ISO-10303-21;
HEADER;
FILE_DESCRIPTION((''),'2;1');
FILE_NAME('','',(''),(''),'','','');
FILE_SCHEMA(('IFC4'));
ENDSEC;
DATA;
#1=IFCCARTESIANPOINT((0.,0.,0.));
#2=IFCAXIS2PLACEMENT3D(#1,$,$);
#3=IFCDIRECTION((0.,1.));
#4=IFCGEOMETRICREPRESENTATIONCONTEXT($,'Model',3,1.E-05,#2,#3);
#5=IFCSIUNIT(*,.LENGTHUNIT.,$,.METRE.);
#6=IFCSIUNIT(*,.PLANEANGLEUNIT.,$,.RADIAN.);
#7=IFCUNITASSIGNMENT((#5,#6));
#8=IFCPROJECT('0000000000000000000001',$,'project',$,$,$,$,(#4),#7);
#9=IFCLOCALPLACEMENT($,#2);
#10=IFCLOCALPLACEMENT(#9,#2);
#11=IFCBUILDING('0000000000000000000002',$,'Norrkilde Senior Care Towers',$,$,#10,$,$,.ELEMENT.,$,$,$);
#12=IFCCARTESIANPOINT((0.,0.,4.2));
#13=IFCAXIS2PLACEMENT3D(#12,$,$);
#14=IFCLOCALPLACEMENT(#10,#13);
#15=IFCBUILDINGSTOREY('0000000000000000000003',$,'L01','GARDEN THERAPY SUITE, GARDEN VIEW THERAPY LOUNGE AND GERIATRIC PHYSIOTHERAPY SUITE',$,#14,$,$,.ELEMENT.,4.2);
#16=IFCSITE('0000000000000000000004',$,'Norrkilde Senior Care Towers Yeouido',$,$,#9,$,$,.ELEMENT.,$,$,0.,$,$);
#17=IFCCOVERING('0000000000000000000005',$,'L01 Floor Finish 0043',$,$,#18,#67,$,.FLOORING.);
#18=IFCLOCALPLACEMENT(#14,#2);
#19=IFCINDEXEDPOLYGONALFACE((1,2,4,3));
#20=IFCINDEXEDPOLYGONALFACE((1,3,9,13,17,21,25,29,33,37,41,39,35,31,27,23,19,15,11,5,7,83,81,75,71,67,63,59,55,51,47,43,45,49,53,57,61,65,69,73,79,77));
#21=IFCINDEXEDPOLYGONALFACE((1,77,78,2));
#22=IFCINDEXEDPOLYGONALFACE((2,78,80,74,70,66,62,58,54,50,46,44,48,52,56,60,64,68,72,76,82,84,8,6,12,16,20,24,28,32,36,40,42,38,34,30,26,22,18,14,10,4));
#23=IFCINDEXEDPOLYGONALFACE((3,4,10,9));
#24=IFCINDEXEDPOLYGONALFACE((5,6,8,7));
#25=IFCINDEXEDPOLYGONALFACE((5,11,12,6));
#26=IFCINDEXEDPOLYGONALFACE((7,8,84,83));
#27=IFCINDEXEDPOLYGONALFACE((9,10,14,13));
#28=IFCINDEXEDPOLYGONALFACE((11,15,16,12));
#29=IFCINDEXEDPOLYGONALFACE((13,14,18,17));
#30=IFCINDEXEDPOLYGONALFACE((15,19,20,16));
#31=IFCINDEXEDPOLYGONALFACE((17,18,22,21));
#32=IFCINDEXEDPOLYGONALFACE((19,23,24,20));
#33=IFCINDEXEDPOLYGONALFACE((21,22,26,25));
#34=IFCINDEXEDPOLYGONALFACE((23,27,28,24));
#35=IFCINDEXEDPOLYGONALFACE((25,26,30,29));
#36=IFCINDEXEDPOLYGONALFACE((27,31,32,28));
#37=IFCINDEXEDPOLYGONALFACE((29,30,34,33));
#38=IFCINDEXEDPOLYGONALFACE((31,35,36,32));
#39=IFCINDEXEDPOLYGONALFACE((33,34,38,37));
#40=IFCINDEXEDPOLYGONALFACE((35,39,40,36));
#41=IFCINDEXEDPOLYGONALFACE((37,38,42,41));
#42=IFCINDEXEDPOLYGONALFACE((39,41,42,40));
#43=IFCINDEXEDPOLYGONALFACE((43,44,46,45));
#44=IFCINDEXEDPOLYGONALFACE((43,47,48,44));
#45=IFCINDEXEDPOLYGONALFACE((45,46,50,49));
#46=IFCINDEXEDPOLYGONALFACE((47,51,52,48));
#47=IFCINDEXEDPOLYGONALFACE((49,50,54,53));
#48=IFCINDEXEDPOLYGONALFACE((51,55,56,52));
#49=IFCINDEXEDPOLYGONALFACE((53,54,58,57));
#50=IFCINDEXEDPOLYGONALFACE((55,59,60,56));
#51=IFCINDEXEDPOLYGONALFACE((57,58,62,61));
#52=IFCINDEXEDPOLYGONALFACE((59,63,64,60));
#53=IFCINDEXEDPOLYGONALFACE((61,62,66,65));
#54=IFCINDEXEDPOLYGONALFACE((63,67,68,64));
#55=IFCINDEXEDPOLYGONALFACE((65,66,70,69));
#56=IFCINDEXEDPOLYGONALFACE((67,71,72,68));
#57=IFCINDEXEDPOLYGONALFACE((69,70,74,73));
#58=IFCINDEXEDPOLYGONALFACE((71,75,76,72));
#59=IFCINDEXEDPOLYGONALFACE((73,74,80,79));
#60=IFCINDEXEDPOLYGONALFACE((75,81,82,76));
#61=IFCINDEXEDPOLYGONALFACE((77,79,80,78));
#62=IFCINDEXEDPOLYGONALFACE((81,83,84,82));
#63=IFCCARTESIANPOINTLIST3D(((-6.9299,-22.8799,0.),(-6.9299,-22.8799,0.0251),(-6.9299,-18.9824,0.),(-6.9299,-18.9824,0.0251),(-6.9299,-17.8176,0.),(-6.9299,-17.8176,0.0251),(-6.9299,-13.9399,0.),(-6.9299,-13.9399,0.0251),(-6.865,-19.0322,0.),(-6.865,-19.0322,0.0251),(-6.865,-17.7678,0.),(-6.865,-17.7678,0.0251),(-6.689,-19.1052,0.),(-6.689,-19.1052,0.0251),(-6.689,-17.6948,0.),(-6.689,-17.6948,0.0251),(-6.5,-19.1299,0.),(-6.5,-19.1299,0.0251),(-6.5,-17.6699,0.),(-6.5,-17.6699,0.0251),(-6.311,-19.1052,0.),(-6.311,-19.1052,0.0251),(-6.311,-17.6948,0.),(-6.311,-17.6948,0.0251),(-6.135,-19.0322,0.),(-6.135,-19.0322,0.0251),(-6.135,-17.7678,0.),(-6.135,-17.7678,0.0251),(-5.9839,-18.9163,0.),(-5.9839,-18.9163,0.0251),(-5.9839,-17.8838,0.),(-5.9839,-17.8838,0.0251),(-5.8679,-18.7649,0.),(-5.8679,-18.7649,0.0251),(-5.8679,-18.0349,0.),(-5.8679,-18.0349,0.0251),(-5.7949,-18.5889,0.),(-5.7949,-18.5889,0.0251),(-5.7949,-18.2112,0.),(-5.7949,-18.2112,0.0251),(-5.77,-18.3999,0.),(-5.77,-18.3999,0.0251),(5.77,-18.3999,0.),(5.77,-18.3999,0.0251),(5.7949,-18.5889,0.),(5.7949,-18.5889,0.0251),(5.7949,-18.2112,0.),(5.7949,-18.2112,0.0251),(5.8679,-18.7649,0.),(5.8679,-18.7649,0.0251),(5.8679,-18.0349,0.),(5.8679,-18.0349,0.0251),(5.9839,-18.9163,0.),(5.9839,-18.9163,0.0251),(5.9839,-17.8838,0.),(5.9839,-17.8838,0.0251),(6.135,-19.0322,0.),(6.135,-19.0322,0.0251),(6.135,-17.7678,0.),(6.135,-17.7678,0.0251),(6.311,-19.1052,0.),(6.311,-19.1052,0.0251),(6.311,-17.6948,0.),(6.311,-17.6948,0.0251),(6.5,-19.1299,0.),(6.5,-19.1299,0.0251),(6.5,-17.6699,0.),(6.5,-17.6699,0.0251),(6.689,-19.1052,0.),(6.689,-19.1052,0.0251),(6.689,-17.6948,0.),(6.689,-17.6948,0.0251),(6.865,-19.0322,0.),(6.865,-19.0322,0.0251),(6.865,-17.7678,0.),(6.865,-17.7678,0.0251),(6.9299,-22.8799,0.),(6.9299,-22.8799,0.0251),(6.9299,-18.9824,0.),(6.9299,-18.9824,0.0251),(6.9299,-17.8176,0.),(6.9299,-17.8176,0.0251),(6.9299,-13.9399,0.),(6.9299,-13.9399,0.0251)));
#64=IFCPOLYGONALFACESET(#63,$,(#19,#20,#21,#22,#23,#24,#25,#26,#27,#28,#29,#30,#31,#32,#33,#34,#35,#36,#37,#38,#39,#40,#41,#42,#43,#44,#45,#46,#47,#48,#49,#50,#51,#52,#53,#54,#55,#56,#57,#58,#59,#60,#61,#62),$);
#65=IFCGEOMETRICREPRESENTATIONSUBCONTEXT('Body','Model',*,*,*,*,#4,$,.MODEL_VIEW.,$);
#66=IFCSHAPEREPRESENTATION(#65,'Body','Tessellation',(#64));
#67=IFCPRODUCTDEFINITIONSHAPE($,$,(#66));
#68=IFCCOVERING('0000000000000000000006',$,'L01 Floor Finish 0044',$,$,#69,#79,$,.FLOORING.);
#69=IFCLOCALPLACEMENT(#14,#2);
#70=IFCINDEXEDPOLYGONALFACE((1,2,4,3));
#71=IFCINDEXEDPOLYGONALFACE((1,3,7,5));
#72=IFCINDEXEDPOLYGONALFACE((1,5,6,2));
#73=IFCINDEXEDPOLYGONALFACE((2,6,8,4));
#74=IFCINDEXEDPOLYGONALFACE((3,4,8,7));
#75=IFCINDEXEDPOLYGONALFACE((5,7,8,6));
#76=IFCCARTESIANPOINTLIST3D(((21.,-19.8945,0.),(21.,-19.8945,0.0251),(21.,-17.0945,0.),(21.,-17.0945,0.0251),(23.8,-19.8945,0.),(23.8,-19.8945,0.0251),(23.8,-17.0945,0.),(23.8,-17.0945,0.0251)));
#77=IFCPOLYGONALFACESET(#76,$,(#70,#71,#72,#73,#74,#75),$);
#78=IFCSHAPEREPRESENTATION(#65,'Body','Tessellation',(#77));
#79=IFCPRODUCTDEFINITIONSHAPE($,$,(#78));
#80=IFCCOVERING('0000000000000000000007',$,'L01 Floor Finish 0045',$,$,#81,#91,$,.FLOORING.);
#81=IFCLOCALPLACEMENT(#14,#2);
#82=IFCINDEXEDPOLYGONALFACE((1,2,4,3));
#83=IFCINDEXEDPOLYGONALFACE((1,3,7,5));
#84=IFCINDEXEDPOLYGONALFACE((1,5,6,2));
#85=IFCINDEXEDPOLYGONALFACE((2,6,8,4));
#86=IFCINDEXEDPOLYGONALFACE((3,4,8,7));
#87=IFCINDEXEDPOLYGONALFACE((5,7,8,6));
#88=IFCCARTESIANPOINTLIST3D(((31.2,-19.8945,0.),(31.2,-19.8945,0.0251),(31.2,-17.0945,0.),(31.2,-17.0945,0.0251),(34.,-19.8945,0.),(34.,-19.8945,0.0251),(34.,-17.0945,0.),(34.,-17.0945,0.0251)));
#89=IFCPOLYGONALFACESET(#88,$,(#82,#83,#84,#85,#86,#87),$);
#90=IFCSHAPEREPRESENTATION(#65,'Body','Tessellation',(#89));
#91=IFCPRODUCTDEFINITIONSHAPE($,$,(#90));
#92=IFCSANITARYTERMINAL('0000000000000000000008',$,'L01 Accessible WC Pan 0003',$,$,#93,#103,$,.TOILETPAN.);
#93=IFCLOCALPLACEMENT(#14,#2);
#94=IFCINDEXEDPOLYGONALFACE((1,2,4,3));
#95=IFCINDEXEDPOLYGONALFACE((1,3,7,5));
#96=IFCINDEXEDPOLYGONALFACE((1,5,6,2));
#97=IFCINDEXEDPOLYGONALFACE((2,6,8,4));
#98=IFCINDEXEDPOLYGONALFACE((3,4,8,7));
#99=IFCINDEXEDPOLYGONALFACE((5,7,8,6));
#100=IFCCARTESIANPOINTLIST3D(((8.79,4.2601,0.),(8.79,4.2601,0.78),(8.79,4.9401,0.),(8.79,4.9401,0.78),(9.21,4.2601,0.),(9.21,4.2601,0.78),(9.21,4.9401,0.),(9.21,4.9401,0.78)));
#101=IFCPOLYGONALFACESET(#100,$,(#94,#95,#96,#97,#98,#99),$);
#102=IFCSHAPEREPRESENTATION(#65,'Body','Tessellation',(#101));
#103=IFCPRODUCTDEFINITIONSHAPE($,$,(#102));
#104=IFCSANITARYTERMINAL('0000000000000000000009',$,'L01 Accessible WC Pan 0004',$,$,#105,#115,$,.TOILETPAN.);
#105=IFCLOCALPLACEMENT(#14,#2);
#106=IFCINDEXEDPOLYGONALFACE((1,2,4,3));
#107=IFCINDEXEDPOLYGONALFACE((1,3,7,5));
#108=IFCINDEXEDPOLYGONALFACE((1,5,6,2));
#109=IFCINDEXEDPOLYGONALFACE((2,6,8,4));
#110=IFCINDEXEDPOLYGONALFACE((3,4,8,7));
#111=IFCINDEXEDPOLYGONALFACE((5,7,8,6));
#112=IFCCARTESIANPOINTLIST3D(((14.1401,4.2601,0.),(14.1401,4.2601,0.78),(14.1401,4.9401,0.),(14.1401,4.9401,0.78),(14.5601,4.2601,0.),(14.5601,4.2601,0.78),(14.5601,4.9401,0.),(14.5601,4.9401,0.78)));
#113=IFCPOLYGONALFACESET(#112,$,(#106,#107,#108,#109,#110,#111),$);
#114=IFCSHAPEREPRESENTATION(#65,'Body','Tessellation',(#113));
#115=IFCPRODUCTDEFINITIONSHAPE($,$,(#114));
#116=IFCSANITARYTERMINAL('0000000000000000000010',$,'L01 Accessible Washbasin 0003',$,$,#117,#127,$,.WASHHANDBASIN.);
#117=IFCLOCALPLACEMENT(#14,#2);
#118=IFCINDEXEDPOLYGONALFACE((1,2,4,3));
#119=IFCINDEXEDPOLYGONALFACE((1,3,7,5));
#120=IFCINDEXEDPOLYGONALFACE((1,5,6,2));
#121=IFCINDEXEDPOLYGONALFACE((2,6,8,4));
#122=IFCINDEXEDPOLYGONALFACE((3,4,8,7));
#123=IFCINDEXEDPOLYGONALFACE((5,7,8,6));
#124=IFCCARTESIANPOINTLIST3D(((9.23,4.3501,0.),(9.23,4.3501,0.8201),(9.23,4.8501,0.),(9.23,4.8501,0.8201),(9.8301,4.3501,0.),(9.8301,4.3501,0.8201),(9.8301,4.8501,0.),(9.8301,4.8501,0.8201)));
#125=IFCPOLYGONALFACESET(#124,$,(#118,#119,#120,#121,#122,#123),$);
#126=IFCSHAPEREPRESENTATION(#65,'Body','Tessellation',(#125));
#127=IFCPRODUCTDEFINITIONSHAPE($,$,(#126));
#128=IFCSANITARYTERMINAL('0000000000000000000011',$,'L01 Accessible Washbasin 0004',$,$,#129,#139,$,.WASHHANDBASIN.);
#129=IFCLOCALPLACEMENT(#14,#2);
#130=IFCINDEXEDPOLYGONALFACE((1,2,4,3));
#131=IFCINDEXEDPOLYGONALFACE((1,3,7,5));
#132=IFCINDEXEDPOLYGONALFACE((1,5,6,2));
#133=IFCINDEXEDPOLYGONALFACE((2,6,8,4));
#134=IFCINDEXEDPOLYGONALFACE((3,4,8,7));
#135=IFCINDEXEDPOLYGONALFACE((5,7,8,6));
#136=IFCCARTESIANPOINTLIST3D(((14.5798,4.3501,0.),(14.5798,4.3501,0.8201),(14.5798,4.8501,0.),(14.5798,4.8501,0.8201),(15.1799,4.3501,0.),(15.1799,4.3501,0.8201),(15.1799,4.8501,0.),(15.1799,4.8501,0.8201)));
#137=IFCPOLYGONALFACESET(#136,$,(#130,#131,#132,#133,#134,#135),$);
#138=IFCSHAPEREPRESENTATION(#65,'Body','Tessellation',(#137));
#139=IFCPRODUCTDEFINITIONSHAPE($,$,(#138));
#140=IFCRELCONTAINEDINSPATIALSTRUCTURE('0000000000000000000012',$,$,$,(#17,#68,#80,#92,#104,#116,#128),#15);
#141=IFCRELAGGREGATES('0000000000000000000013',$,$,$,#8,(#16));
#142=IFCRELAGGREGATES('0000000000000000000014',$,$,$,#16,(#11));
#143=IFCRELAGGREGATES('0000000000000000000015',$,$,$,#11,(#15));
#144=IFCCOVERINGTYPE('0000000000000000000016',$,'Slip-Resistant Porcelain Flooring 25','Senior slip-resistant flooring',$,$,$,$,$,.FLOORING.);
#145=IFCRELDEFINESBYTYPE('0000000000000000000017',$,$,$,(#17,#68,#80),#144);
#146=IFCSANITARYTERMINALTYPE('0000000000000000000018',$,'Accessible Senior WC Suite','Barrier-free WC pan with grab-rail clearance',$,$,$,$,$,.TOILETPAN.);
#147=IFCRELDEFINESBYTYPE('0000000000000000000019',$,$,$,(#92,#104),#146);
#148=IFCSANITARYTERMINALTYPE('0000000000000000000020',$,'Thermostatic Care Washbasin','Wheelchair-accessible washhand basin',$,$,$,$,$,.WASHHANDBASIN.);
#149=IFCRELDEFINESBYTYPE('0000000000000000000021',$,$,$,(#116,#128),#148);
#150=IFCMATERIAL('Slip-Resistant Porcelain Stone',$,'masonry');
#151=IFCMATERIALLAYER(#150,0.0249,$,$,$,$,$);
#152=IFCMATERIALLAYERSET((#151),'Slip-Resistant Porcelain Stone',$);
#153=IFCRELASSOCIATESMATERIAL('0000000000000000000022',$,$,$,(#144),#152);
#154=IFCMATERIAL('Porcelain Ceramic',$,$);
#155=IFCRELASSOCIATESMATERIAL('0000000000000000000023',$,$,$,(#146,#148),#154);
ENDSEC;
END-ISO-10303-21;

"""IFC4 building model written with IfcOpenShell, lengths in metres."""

from ifc_helpers import new_model, si_unit, direction, frame, origin, origin_2d, place, context, subcontext, project, spatial, polyline, rectangle, outline, extrude, source, transform, mapped, material, layer, layer_set, type_object, type_shapes, element, save


model = new_model("IFC4")

# Units and contexts
model_context = context("Model", 3, precision=1e-05, world=origin(), true_north=direction((0.0, 1.0)))
body_context = subcontext(model_context, "Body", "Model", "MODEL_VIEW")
ifc_project = project(units=[si_unit("LENGTHUNIT", "METRE"), si_unit("PLANEANGLEUNIT", "RADIAN")], contexts=[model_context])

# Site, building, storey
site_placement = place(None, origin())
site = spatial("IfcSite", under=ifc_project, at=site_placement, Name="Norrkilde Senior Care Towers Yeouido", CompositionType="ELEMENT", RefElevation=0.0)
building_placement = place(site_placement, origin())
building = spatial("IfcBuilding", under=site, at=building_placement, Name="Norrkilde Senior Care Towers", CompositionType="ELEMENT")
storey_placement = place(building_placement, frame((0.0, 0.0, 4.2)))
storey = spatial("IfcBuildingStorey", under=building, at=storey_placement, Name="L01", Description="GARDEN THERAPY SUITE, GARDEN VIEW THERAPY LOUNGE AND GERIATRIC PHYSIOTHERAPY SUITE", CompositionType="ELEMENT", Elevation=4.2)

# Coverings
ifc_material_1 = material(Name="Slip-Resistant Porcelain Stone", Category="masonry")
ifc_layer_1 = layer(ifc_material_1, 0.0249)
ifc_layer_set_1 = layer_set([ifc_layer_1], Name="Slip-Resistant Porcelain Stone")
covering_type_1 = type_object("IfcCoveringType", Name="Slip-Resistant Porcelain Flooring 25", Description="Senior slip-resistant flooring", PredefinedType="FLOORING", material=ifc_layer_set_1)
covering_1_placement = place(storey_placement, origin())
element("IfcCovering", 1, at=covering_1_placement, inside=storey, type_object=covering_type_1, Name="L01 Floor Finish 0043", PredefinedType="FLOORING", context=body_context, shape_type="SweptSolid", body=[
    extrude(outline(polyline([(-6.9299, -22.8799), (-6.9299, -18.9824), (-6.865, -19.0322), (-6.689, -19.1052), (-6.5, -19.1299), (-6.311, -19.1052), (-6.135, -19.0322), (-5.9839, -18.9163), (-5.8679, -18.7649), (-5.7949, -18.5889), (-5.77, -18.3999), (-5.7949, -18.2112), (-5.8679, -18.0349), (-5.9839, -17.8838), (-6.135, -17.7678), (-6.311, -17.6948), (-6.5, -17.6699), (-6.689, -17.6948), (-6.865, -17.7678), (-6.9299, -17.8176), (-6.9299, -13.9399), (6.9299, -13.9399), (6.9299, -17.8176), (6.865, -17.7678), (6.689, -17.6948), (6.5, -17.6699), (6.311, -17.6948), (6.135, -17.7678), (5.9839, -17.8838), (5.8679, -18.0349), (5.7949, -18.2112), (5.77, -18.3999), (5.7949, -18.5889), (5.8679, -18.7649), (5.9839, -18.9163), (6.135, -19.0322), (6.311, -19.1052), (6.5, -19.1299), (6.689, -19.1052), (6.865, -19.0322), (6.9299, -18.9824), (6.9299, -22.8799), (-6.9299, -22.8799)])), origin(), (0.0, 0.0, 1.0), 0.0251),
])
covering_2_placement = place(storey_placement, origin())
element("IfcCovering", 2, at=covering_2_placement, inside=storey, type_object=covering_type_1, Name="L01 Floor Finish 0044", PredefinedType="FLOORING", context=body_context, shape_type="SweptSolid", body=[
    extrude(outline(polyline([(21.0, -19.8945), (21.0, -17.0945), (23.8, -17.0945), (23.8, -19.8945), (21.0, -19.8945)])), origin(), (0.0, 0.0, 1.0), 0.0251),
])
covering_3_placement = place(storey_placement, origin())
element("IfcCovering", 3, at=covering_3_placement, inside=storey, type_object=covering_type_1, Name="L01 Floor Finish 0045", PredefinedType="FLOORING", context=body_context, shape_type="SweptSolid", body=[
    extrude(outline(polyline([(31.2, -19.8945), (31.2, -17.0945), (34.0, -17.0945), (34.0, -19.8945), (31.2, -19.8945)])), origin(), (0.0, 0.0, 1.0), 0.0251),
])

# Sanitary terminals
ifc_material_2 = material(Name="Porcelain Ceramic")
sanitary_terminal_type_1 = type_object("IfcSanitaryTerminalType", Name="Accessible Senior WC Suite", Description="Barrier-free WC pan with grab-rail clearance", PredefinedType="TOILETPAN", material=ifc_material_2)
shared_shape_1 = source(origin(), body_context, "Body", "SweptSolid", [
    extrude(rectangle(XDim=0.4199, YDim=0.6799, at=origin_2d()), origin(), (0.0, 0.0, 1.0), 0.78),
])
type_shapes(sanitary_terminal_type_1, [shared_shape_1])
for number, where, z_axis, x_axis, name in (
    (4, (9.0, 4.6001, 0.0), (0.0, 0.0, 1.0), (1.0, 0.0, 0.0), "L01 Accessible WC Pan 0003"),
    (5, (14.3501, 4.6001, 0.0), (0.0, 0.0, 1.0), (1.0, 0.0, 0.0), "L01 Accessible WC Pan 0004"),
):
    element("IfcSanitaryTerminal", number, at=place(storey_placement, frame(where, z_axis=z_axis, x_axis=x_axis)), inside=storey, type_object=sanitary_terminal_type_1, Name=name, PredefinedType="TOILETPAN", context=body_context, shape_type="MappedRepresentation", body=[
        mapped(shared_shape_1, transform((0.0, 0.0, 0.0), x_axis=(1.0, 0.0, 0.0), y_axis=(0.0, 1.0, 0.0), z_axis=(0.0, 0.0, 1.0), scale=1.0)),
    ])
sanitary_terminal_type_2 = type_object("IfcSanitaryTerminalType", Name="Thermostatic Care Washbasin", Description="Wheelchair-accessible washhand basin", PredefinedType="WASHHANDBASIN", material=ifc_material_2)
shared_shape_2 = source(origin(), body_context, "Body", "SweptSolid", [
    extrude(rectangle(XDim=0.6001, YDim=0.5, at=origin_2d()), origin(), (0.0, 0.0, 1.0), 0.8201),
])
type_shapes(sanitary_terminal_type_2, [shared_shape_2])
for number, where, z_axis, x_axis, name in (
    (6, (9.53, 4.6001, 0.0), (0.0, 0.0, 1.0), (1.0, 0.0, 0.0), "L01 Accessible Washbasin 0003"),
    (7, (14.8799, 4.6001, 0.0), (0.0, 0.0, 1.0), (1.0, 0.0, 0.0), "L01 Accessible Washbasin 0004"),
):
    element("IfcSanitaryTerminal", number, at=place(storey_placement, frame(where, z_axis=z_axis, x_axis=x_axis)), inside=storey, type_object=sanitary_terminal_type_2, Name=name, PredefinedType="WASHHANDBASIN", context=body_context, shape_type="MappedRepresentation", body=[
        mapped(shared_shape_2, transform((0.0, 0.0, 0.0), x_axis=(1.0, 0.0, 0.0), y_axis=(0.0, 1.0, 0.0), z_axis=(0.0, 0.0, 1.0), scale=1.0)),
    ])

save(model, "model.ifc")
